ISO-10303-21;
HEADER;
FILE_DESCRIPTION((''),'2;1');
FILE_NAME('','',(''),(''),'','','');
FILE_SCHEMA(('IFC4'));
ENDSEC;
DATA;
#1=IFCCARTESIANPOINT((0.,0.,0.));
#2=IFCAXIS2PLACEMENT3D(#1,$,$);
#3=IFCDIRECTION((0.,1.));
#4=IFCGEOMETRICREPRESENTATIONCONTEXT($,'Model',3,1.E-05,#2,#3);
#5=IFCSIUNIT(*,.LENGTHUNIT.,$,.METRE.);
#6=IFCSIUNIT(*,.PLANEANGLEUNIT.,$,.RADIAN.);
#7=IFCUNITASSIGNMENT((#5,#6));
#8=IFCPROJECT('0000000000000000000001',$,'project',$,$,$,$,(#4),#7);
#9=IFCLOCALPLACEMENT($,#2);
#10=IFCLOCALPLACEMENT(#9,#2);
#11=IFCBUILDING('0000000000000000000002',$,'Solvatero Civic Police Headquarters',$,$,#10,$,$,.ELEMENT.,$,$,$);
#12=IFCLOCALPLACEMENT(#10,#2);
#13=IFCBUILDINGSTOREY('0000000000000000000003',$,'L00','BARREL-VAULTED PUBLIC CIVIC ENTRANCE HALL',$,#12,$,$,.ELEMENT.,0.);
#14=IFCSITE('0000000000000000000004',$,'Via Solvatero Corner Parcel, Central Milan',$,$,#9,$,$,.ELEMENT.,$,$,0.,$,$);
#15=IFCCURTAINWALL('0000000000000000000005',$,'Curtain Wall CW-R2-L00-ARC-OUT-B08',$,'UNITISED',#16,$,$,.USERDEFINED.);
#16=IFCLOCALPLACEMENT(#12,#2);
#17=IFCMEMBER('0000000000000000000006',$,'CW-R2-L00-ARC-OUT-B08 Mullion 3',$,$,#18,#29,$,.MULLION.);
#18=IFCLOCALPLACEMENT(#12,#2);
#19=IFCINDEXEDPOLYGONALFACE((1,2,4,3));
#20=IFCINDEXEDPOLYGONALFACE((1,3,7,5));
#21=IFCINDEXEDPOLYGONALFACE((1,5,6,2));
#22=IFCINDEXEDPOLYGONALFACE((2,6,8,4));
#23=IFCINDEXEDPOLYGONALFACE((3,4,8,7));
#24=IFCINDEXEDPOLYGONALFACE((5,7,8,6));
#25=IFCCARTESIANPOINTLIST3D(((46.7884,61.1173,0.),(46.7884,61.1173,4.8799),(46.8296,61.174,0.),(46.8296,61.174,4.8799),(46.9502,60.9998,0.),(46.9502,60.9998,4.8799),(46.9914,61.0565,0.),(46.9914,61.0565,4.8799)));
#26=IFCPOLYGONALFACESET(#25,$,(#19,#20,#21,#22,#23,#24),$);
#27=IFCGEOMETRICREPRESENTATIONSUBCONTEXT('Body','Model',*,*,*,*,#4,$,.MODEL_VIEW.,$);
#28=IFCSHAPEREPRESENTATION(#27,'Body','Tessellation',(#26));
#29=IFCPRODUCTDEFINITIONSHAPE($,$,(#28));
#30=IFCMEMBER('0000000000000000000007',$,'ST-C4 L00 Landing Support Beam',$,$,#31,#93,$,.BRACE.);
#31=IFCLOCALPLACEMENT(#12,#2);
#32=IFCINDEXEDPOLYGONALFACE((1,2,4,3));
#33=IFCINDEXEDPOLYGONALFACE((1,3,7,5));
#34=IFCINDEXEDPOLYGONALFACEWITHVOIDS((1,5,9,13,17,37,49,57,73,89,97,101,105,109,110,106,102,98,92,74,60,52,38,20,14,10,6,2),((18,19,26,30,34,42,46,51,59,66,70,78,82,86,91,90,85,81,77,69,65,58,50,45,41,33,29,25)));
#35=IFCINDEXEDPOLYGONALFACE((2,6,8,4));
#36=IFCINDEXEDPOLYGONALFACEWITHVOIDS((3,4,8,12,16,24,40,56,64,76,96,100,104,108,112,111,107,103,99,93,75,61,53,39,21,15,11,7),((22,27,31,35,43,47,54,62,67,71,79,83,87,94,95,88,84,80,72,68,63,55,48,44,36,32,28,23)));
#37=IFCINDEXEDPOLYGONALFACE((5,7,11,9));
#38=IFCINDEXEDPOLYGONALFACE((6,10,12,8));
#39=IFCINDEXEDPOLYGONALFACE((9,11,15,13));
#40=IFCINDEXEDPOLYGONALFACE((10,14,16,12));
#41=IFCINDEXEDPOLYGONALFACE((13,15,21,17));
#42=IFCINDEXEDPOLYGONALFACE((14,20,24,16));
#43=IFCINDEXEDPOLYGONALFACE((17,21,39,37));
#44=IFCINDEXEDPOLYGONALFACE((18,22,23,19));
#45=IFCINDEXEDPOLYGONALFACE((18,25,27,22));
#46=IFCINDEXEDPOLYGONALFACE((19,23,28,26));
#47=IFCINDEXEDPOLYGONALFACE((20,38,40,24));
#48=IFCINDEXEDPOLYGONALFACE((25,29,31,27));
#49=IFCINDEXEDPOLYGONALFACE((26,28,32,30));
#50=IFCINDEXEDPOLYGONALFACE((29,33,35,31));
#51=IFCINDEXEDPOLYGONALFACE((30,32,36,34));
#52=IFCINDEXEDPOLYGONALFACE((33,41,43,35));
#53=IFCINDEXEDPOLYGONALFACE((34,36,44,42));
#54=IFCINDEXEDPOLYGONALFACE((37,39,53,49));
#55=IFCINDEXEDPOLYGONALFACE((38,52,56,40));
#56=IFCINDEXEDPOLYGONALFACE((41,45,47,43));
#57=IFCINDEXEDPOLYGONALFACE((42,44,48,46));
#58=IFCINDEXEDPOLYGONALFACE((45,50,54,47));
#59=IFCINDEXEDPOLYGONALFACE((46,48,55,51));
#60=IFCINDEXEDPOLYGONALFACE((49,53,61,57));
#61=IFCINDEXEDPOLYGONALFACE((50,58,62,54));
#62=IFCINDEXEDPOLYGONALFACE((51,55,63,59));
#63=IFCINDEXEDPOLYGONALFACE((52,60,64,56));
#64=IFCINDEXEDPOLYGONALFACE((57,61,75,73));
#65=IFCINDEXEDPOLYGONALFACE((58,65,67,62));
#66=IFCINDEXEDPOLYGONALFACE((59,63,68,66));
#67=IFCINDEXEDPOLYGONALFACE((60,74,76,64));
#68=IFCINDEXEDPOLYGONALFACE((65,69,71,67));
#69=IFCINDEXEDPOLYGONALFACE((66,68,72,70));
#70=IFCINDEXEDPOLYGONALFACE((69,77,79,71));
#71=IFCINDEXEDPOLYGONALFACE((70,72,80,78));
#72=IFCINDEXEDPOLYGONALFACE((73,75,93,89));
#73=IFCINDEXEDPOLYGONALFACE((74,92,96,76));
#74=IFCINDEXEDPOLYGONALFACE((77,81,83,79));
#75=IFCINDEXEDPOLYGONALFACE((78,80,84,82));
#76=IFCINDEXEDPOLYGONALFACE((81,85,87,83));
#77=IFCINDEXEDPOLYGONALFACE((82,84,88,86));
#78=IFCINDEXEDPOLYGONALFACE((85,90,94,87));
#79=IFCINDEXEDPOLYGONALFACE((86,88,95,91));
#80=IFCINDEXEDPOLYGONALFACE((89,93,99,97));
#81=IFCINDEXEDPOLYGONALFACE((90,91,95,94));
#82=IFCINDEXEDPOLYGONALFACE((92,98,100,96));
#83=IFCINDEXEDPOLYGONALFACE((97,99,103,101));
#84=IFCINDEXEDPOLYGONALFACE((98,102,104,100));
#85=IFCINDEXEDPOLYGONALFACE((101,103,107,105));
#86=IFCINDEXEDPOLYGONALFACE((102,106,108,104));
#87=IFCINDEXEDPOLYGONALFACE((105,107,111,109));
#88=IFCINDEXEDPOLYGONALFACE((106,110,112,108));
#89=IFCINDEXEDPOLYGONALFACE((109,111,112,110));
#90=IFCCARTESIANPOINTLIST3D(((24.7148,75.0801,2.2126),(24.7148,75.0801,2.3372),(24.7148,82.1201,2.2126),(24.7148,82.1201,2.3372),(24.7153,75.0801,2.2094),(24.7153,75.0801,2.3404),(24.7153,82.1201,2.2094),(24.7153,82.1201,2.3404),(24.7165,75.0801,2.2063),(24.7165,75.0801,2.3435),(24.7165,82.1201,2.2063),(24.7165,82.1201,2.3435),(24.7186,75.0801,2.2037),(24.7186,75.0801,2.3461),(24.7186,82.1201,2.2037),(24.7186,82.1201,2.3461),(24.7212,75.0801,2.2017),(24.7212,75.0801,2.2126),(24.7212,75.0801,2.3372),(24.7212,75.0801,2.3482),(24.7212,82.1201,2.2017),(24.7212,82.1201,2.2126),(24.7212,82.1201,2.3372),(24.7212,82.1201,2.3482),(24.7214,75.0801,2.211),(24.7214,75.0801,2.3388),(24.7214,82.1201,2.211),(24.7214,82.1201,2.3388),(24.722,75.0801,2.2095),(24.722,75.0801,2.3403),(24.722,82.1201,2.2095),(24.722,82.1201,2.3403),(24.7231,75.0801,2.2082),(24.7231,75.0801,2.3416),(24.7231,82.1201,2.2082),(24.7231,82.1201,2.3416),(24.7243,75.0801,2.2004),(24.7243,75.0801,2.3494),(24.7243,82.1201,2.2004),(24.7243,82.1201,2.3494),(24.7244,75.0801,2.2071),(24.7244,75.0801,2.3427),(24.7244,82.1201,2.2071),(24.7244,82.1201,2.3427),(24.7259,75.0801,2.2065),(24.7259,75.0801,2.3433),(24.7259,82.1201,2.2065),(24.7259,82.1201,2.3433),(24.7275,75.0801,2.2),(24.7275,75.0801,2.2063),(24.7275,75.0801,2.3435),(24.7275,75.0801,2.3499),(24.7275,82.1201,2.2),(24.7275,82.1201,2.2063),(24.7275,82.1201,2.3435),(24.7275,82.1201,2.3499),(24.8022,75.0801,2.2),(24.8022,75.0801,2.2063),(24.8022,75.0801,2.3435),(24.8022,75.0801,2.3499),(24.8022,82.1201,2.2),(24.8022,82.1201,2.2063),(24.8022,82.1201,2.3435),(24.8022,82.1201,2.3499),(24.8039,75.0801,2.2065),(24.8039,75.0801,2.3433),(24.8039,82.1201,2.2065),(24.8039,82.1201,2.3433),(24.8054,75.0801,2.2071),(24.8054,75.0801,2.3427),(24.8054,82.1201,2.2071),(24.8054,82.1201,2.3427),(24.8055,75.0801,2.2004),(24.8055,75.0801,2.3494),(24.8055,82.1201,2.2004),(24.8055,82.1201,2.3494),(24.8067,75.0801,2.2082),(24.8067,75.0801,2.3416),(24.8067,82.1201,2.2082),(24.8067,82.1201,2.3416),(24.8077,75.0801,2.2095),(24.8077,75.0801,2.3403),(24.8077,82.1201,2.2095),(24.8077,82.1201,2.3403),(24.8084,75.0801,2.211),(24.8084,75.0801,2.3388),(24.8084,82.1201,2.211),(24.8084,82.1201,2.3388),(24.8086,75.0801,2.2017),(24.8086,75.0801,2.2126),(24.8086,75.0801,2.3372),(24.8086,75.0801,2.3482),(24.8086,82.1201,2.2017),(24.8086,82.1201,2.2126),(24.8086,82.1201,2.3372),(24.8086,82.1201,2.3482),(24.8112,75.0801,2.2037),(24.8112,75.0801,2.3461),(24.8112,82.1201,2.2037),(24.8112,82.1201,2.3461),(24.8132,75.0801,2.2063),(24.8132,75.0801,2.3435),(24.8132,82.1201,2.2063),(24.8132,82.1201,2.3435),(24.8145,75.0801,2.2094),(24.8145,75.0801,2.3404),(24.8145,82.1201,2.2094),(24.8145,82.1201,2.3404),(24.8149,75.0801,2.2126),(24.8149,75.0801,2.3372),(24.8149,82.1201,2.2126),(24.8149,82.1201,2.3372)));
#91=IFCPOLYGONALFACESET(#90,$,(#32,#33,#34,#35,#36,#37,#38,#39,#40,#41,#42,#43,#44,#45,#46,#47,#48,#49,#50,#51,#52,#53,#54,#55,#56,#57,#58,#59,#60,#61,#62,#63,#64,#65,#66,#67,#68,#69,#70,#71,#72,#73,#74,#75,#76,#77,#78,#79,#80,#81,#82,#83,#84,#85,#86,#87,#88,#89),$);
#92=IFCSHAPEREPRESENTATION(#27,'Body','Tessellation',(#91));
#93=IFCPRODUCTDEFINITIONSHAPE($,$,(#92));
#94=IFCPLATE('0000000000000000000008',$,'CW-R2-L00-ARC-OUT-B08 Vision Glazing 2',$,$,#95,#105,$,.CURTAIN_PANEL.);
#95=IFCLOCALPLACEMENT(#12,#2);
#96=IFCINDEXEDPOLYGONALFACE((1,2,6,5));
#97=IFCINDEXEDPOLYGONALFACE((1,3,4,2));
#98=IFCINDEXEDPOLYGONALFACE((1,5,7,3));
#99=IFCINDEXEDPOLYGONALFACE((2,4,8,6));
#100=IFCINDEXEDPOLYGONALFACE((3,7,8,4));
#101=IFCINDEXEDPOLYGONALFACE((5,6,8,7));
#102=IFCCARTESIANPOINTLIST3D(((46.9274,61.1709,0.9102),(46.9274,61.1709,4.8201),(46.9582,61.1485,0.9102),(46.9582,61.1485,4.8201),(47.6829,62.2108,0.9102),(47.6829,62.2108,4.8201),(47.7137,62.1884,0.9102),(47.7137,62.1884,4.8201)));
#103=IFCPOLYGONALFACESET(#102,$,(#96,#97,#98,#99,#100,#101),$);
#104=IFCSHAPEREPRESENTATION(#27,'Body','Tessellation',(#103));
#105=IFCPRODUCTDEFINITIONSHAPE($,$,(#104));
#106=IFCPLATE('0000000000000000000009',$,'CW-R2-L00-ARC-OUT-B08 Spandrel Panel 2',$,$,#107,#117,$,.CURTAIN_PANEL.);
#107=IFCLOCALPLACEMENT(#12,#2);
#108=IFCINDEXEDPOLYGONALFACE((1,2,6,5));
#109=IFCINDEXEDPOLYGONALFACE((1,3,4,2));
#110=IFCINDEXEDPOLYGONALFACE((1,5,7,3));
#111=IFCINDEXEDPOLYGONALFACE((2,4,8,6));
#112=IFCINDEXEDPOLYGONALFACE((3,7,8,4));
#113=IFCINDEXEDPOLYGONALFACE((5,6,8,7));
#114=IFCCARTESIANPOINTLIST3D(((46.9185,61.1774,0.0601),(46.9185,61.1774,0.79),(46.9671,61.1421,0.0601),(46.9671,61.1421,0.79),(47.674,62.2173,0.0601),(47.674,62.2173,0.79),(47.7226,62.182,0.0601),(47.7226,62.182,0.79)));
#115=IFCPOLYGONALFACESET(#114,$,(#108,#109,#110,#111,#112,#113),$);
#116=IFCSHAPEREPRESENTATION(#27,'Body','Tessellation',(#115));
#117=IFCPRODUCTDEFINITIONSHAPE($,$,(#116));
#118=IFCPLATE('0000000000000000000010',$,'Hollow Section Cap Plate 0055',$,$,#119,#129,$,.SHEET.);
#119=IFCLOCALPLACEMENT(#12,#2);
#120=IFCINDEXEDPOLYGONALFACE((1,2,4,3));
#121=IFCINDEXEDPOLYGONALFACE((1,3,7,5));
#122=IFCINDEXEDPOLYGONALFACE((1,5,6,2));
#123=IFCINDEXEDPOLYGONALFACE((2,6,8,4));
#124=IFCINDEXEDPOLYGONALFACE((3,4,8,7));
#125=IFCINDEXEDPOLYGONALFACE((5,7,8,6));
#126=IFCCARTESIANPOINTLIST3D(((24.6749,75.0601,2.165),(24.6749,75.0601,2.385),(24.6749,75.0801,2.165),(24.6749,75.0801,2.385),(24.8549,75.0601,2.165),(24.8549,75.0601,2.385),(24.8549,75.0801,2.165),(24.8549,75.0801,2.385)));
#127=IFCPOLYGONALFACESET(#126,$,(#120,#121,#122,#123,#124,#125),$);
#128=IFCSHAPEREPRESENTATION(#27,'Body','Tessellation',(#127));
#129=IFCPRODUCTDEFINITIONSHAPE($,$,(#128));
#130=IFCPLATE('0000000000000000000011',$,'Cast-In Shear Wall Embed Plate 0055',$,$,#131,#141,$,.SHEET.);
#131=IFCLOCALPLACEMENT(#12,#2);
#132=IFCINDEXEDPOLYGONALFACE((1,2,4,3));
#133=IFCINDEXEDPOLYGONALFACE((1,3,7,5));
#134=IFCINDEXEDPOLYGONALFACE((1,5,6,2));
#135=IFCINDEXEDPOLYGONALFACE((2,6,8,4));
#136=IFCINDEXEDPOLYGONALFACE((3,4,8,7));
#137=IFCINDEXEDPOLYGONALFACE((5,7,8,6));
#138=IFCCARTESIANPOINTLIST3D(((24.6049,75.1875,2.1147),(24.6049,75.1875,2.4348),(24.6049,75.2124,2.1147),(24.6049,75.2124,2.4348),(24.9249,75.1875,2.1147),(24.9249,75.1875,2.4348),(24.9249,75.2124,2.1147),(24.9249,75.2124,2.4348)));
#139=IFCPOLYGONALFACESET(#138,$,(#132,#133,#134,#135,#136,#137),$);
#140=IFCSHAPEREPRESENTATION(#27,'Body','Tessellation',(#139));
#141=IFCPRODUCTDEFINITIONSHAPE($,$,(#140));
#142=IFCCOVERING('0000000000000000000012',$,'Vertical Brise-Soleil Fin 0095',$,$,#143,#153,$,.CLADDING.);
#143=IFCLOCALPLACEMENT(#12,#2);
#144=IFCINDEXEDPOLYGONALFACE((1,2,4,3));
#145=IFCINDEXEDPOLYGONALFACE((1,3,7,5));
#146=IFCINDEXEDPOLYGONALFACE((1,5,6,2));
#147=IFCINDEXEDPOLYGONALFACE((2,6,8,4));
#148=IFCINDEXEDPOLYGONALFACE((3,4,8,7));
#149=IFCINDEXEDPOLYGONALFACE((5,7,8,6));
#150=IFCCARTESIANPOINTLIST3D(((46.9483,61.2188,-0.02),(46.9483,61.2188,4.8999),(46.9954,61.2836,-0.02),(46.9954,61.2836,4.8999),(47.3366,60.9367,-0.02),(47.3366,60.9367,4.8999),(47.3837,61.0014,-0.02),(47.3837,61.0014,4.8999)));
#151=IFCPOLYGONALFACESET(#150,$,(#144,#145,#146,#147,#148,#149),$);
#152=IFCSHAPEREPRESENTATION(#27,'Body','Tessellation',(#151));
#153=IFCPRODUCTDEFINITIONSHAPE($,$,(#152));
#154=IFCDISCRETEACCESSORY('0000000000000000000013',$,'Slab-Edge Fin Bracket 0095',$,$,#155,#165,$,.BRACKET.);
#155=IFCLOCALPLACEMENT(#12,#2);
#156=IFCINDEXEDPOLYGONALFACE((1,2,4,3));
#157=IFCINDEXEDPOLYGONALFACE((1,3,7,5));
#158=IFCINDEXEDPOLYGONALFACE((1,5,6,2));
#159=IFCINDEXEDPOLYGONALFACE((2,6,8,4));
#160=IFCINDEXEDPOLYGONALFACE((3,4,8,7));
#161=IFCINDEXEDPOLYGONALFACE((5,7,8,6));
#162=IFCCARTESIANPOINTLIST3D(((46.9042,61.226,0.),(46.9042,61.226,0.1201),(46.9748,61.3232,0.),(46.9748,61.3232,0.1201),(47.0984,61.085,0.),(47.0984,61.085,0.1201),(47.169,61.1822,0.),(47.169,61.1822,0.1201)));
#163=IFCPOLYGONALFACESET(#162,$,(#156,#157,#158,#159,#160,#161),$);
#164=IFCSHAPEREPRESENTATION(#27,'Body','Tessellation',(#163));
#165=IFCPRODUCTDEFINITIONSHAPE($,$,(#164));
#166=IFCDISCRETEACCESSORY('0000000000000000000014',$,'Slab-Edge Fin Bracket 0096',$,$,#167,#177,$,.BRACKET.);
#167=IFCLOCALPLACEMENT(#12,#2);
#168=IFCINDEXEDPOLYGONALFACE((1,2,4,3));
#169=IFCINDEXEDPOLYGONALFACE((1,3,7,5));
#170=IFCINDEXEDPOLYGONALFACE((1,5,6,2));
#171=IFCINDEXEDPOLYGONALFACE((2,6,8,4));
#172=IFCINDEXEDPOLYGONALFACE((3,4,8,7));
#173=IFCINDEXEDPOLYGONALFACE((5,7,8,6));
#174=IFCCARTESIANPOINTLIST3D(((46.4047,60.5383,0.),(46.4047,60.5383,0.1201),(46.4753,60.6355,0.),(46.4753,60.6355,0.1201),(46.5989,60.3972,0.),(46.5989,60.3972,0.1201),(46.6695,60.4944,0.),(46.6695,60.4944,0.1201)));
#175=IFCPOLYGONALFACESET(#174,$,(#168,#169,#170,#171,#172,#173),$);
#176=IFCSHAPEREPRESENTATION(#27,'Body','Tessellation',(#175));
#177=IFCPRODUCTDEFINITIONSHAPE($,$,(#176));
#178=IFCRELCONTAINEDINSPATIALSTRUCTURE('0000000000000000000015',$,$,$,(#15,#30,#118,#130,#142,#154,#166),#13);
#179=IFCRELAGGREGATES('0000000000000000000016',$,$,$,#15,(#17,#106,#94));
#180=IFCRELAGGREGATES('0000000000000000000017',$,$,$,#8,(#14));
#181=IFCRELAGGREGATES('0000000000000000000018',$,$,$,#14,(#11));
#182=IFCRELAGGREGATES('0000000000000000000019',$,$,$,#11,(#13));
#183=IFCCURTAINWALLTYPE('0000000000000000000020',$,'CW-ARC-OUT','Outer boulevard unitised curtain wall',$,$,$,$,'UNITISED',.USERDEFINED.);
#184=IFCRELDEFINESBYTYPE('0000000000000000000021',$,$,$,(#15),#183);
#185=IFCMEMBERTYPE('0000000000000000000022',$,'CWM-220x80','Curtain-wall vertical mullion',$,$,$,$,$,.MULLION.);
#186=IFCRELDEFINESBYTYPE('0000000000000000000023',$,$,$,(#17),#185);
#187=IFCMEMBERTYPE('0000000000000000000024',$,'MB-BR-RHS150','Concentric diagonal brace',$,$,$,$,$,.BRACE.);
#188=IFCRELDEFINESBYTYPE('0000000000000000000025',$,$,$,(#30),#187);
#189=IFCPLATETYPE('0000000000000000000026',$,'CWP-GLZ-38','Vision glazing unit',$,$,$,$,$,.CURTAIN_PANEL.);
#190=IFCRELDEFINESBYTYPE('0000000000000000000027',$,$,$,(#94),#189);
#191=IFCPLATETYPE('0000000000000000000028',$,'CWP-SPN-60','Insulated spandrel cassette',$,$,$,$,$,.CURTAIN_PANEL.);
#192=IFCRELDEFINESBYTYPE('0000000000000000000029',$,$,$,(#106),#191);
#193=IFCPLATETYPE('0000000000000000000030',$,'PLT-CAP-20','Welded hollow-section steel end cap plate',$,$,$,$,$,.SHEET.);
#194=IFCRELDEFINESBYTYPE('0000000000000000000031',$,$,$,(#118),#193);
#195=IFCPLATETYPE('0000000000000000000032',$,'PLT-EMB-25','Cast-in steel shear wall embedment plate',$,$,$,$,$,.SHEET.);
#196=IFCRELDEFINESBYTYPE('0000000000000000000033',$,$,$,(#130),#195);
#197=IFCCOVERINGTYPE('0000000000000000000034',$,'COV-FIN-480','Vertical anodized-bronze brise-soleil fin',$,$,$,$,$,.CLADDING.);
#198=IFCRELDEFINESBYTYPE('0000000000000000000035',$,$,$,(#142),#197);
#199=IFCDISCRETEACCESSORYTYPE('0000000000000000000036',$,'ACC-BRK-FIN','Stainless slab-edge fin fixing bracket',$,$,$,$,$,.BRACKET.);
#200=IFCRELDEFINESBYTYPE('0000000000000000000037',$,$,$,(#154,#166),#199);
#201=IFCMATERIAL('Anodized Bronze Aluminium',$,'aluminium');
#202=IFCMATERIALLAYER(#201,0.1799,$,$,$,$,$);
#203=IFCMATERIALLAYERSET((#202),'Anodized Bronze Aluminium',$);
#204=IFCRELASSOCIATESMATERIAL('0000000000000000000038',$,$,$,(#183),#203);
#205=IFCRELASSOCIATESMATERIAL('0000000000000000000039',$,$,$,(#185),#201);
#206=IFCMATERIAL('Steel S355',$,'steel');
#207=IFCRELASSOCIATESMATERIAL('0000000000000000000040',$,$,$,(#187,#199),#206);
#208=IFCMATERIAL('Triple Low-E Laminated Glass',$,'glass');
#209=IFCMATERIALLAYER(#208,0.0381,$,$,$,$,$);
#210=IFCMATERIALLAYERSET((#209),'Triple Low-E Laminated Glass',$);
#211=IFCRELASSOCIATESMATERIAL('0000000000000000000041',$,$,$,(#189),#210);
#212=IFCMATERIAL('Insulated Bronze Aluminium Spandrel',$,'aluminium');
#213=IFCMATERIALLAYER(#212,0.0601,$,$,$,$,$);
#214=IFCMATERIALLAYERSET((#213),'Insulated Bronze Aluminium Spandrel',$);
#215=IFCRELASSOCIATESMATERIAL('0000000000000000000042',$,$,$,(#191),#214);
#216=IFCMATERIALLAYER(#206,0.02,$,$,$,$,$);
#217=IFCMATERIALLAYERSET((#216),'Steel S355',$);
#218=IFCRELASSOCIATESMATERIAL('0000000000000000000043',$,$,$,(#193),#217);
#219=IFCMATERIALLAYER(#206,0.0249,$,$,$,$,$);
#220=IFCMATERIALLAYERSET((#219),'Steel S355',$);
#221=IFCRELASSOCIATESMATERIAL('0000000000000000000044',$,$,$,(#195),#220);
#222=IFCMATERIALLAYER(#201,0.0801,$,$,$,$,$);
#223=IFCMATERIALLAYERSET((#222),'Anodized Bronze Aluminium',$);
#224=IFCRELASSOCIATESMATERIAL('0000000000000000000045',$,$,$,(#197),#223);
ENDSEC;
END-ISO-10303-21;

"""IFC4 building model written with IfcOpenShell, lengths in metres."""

from ifc_helpers import new_model, si_unit, direction, frame, origin, origin_2d, place, context, subcontext, project, spatial, rectangle, hollow_rectangle, extrude, material, layer, layer_set, material_profile, profile_set, type_object, element, aggregate, save


model = new_model("IFC4")

# Units and contexts
model_context = context("Model", 3, precision=1e-05, world=origin(), true_north=direction((0.0, 1.0)))
body_context = subcontext(model_context, "Body", "Model", "MODEL_VIEW")
ifc_project = project(units=[si_unit("LENGTHUNIT", "METRE"), si_unit("PLANEANGLEUNIT", "RADIAN")], contexts=[model_context])

# Site, building, storey
site_placement = place(None, origin())
site = spatial("IfcSite", under=ifc_project, at=site_placement, Name="Via Solvatero Corner Parcel, Central Milan", CompositionType="ELEMENT", RefElevation=0.0)
building_placement = place(site_placement, origin())
building = spatial("IfcBuilding", under=site, at=building_placement, Name="Solvatero Civic Police Headquarters", CompositionType="ELEMENT")
storey_placement = place(building_placement, origin())
storey = spatial("IfcBuildingStorey", under=building, at=storey_placement, Name="L00", Description="BARREL-VAULTED PUBLIC CIVIC ENTRANCE HALL", CompositionType="ELEMENT", Elevation=0.0)

# Shared definitions
ifc_material_1 = material(Name="Steel S355", Category="steel")

# Curtain wall, member
ifc_material_2 = material(Name="Anodized Bronze Aluminium", Category="aluminium")
ifc_layer_1 = layer(ifc_material_2, 0.1799)
ifc_layer_set_1 = layer_set([ifc_layer_1], Name="Anodized Bronze Aluminium")
curtain_wall_type = type_object("IfcCurtainWallType", Name="CW-ARC-OUT", Description="Outer boulevard unitised curtain wall", ElementType="UNITISED", PredefinedType="USERDEFINED", material=ifc_layer_set_1)
curtain_wall_placement = place(storey_placement, origin())
curtain_wall = element("IfcCurtainWall", 1, at=curtain_wall_placement, inside=storey, type_object=curtain_wall_type, Name="Curtain Wall CW-R2-L00-ARC-OUT-B08", ObjectType="UNITISED", PredefinedType="USERDEFINED")
ifc_material_profile_1 = material_profile(ifc_material_2, rectangle(XDim=0.0701, YDim=0.2, at=origin_2d()), Name="ALU MULLION 70x200")
ifc_profile_set_1 = profile_set([ifc_material_profile_1], Name="Anodized Bronze Aluminium")
member_type_1 = type_object("IfcMemberType", Name="CWM-220x80", Description="Curtain-wall vertical mullion", PredefinedType="MULLION", material=ifc_profile_set_1)
member_1_placement = place(storey_placement, frame((46.8899, 61.0869, 0.0), z_axis=(0.0, 0.0, 1.0), x_axis=(-0.587785, -0.809017, 0.0)))
member_1 = element("IfcMember", 2, at=member_1_placement, type_object=member_type_1, Name="CW-R2-L00-ARC-OUT-B08 Mullion 3", PredefinedType="MULLION", context=body_context, shape_type="SweptSolid", body=[
    extrude(rectangle(XDim=0.0701, YDim=0.2, at=origin_2d()), origin(), (0.0, 0.0, 1.0), 4.8799),
])

# Member
ifc_material_profile_2 = material_profile(ifc_material_1, hollow_rectangle(XDim=0.1001, YDim=0.1499, WallThickness=0.0063, InnerFilletRadius=0.0063, OuterFilletRadius=0.0127, at=origin_2d()), Name="RHS 150x100x6.3")
ifc_profile_set_2 = profile_set([ifc_material_profile_2], Name="Steel S355")
member_type_2 = type_object("IfcMemberType", Name="MB-BR-RHS150", Description="Concentric diagonal brace", PredefinedType="BRACE", material=ifc_profile_set_2)
member_2_placement = place(storey_placement, frame((24.7649, 75.0801, 2.2749), z_axis=(0.0, 1.0, 0.0), x_axis=(-1.0, 0.0, 0.0)))
element("IfcMember", 3, at=member_2_placement, inside=storey, type_object=member_type_2, Name="ST-C4 L00 Landing Support Beam", PredefinedType="BRACE", context=body_context, shape_type="SweptSolid", body=[
    extrude(hollow_rectangle(XDim=0.1001, YDim=0.1499, WallThickness=0.0063, InnerFilletRadius=0.0063, OuterFilletRadius=0.0127, at=origin_2d()), origin(), (0.0, 0.0, 1.0), 7.04),
])

# Plates
ifc_material_3 = material(Name="Triple Low-E Laminated Glass", Category="glass")
ifc_layer_2 = layer(ifc_material_3, 0.0381)
ifc_layer_set_2 = layer_set([ifc_layer_2], Name="Triple Low-E Laminated Glass")
plate_type_1 = type_object("IfcPlateType", Name="CWP-GLZ-38", Description="Vision glazing unit", PredefinedType="CURTAIN_PANEL", material=ifc_layer_set_2)
plate_1_placement = place(storey_placement, frame((47.3206, 61.6797, 0.9102), z_axis=(0.0, 0.0, 1.0), x_axis=(-0.587785, -0.809017, 0.0)))
plate_1 = element("IfcPlate", 4, at=plate_1_placement, type_object=plate_type_1, Name="CW-R2-L00-ARC-OUT-B08 Vision Glazing 2", PredefinedType="CURTAIN_PANEL", context=body_context, shape_type="SweptSolid", body=[
    extrude(rectangle(XDim=1.2854, YDim=0.0381, at=origin_2d()), origin(), (0.0, 0.0, 1.0), 3.9099),
])
ifc_material_4 = material(Name="Insulated Bronze Aluminium Spandrel", Category="aluminium")
ifc_layer_3 = layer(ifc_material_4, 0.0601)
ifc_layer_set_3 = layer_set([ifc_layer_3], Name="Insulated Bronze Aluminium Spandrel")
plate_type_2 = type_object("IfcPlateType", Name="CWP-SPN-60", Description="Insulated spandrel cassette", PredefinedType="CURTAIN_PANEL", material=ifc_layer_set_3)
plate_2_placement = place(storey_placement, frame((47.3206, 61.6797, 0.0601), z_axis=(0.0, 0.0, 1.0), x_axis=(-0.587785, -0.809017, 0.0)))
plate_2 = element("IfcPlate", 5, at=plate_2_placement, type_object=plate_type_2, Name="CW-R2-L00-ARC-OUT-B08 Spandrel Panel 2", PredefinedType="CURTAIN_PANEL", context=body_context, shape_type="SweptSolid", body=[
    extrude(rectangle(XDim=1.2854, YDim=0.0601, at=origin_2d()), origin(), (0.0, 0.0, 1.0), 0.73),
])
aggregate(curtain_wall, [member_1, plate_2, plate_1])

# Plates
ifc_layer_4 = layer(ifc_material_1, 0.02)
ifc_layer_set_4 = layer_set([ifc_layer_4], Name="Steel S355")
plate_type_3 = type_object("IfcPlateType", Name="PLT-CAP-20", Description="Welded hollow-section steel end cap plate", PredefinedType="SHEET", material=ifc_layer_set_4)
plate_3_placement = place(storey_placement, frame((24.7649, 75.0701, 2.165), z_axis=(0.0, 0.0, 1.0), x_axis=(1.0, 0.0, 0.0)))
element("IfcPlate", 6, at=plate_3_placement, inside=storey, type_object=plate_type_3, Name="Hollow Section Cap Plate 0055", PredefinedType="SHEET", context=body_context, shape_type="SweptSolid", body=[
    extrude(rectangle(XDim=0.1799, YDim=0.02, at=origin_2d()), origin(), (0.0, 0.0, 1.0), 0.22),
])
ifc_layer_5 = layer(ifc_material_1, 0.0249)
ifc_layer_set_5 = layer_set([ifc_layer_5], Name="Steel S355")
plate_type_4 = type_object("IfcPlateType", Name="PLT-EMB-25", Description="Cast-in steel shear wall embedment plate", PredefinedType="SHEET", material=ifc_layer_set_5)
plate_4_placement = place(storey_placement, frame((24.7649, 75.2, 2.1147), z_axis=(0.0, 0.0, 1.0), x_axis=(1.0, 0.0, 0.0)))
element("IfcPlate", 7, at=plate_4_placement, inside=storey, type_object=plate_type_4, Name="Cast-In Shear Wall Embed Plate 0055", PredefinedType="SHEET", context=body_context, shape_type="SweptSolid", body=[
    extrude(rectangle(XDim=0.3201, YDim=0.0249, at=origin_2d()), origin(), (0.0, 0.0, 1.0), 0.3201),
])

# Covering
ifc_layer_6 = layer(ifc_material_2, 0.0801)
ifc_layer_set_6 = layer_set([ifc_layer_6], Name="Anodized Bronze Aluminium")
covering_type = type_object("IfcCoveringType", Name="COV-FIN-480", Description="Vertical anodized-bronze brise-soleil fin", PredefinedType="CLADDING", material=ifc_layer_set_6)
covering_placement = place(storey_placement, frame((47.166, 61.1101, -0.02), z_axis=(0.0, 0.0, 1.0), x_axis=(-0.587785, -0.809017, 0.0)))
element("IfcCovering", 8, at=covering_placement, inside=storey, type_object=covering_type, Name="Vertical Brise-Soleil Fin 0095", PredefinedType="CLADDING", context=body_context, shape_type="SweptSolid", body=[
    extrude(rectangle(XDim=0.0801, YDim=0.48, at=origin_2d()), origin(), (0.0, 0.0, 1.0), 4.9199),
])

# Discrete accessories
discrete_accessory_type = type_object("IfcDiscreteAccessoryType", Name="ACC-BRK-FIN", Description="Stainless slab-edge fin fixing bracket", PredefinedType="BRACKET", material=ifc_material_1)
for number, where, z_axis, x_axis, name in (
    (9, (47.0366, 61.2041, 0.0), (0.0, 0.0, 1.0), (-0.587785, -0.809017, 0.0), "Slab-Edge Fin Bracket 0095"),
    (10, (46.5371, 60.5164, 0.0), (0.0, 0.0, 1.0), (-0.587785, -0.809017, 0.0), "Slab-Edge Fin Bracket 0096"),
):
    element("IfcDiscreteAccessory", number, at=place(storey_placement, frame(where, z_axis=z_axis, x_axis=x_axis)), inside=storey, type_object=discrete_accessory_type, Name=name, PredefinedType="BRACKET", context=body_context, shape_type="SweptSolid", body=[
        extrude(rectangle(XDim=0.1201, YDim=0.24, at=origin_2d()), origin(), (0.0, 0.0, 1.0), 0.1201),
    ])

save(model, "model.ifc")
